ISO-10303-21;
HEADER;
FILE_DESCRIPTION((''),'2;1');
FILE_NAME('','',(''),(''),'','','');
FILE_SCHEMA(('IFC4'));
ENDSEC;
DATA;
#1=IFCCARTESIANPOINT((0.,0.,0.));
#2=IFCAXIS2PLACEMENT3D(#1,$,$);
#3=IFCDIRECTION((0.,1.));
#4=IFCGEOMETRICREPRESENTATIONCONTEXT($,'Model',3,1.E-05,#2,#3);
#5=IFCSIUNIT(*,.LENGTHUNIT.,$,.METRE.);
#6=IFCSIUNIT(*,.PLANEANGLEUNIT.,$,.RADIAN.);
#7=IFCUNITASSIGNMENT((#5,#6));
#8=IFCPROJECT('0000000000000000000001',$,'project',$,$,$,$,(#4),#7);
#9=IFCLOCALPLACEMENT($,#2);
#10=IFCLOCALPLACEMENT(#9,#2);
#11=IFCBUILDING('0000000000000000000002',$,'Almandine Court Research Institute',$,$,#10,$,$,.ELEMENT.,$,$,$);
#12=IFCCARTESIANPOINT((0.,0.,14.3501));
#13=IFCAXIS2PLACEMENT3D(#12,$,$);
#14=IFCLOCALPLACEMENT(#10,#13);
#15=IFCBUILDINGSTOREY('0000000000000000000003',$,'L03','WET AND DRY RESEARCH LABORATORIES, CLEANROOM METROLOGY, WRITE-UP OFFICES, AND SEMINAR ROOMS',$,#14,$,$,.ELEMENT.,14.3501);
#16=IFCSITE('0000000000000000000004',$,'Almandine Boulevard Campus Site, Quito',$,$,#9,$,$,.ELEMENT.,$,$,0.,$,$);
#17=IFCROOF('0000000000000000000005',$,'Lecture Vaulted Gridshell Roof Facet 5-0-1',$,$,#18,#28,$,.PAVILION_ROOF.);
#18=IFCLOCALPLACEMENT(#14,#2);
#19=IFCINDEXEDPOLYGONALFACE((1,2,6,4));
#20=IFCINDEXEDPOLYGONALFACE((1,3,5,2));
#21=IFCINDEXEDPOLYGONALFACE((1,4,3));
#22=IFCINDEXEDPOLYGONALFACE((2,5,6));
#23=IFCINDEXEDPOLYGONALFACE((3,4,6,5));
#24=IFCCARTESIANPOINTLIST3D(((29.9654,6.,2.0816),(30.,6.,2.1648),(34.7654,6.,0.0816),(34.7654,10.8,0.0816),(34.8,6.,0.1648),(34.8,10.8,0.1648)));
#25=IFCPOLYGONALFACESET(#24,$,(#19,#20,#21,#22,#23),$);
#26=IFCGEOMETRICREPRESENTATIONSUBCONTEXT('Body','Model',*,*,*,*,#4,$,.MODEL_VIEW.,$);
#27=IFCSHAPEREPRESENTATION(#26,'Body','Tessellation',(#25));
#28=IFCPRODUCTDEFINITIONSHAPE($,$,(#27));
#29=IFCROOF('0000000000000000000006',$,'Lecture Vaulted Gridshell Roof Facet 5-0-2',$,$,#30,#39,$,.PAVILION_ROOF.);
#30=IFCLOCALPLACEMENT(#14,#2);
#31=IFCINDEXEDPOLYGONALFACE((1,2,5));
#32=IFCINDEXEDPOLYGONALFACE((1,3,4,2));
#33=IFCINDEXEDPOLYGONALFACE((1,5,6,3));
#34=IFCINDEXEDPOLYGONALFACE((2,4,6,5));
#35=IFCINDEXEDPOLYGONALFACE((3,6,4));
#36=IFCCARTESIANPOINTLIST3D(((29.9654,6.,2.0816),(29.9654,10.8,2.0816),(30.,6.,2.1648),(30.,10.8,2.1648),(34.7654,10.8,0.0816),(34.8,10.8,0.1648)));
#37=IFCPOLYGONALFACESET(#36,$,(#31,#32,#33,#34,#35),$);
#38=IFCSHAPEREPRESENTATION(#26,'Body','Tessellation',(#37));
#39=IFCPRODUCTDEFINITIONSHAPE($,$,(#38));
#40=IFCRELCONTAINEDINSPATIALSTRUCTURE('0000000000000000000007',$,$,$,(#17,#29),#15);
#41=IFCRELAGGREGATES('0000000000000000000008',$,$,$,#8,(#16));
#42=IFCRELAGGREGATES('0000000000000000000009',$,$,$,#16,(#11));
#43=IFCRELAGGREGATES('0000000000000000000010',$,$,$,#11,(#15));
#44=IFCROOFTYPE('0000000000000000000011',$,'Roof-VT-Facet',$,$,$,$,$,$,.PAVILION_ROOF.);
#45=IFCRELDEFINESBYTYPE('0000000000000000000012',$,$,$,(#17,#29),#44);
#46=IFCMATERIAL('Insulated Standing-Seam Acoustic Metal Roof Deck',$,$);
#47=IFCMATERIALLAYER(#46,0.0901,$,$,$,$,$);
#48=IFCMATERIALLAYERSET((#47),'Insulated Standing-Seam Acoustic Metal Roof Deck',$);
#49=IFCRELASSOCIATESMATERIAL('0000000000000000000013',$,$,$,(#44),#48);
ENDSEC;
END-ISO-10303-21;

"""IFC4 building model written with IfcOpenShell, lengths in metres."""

from ifc_helpers import new_model, si_unit, direction, frame, origin, place, context, subcontext, project, spatial, polyline, outline, extrude, material, layer, layer_set, type_object, element, save


model = new_model("IFC4")

# Units and contexts
model_context = context("Model", 3, precision=1e-05, world=origin(), true_north=direction((0.0, 1.0)))
body_context = subcontext(model_context, "Body", "Model", "MODEL_VIEW")
ifc_project = project(units=[si_unit("LENGTHUNIT", "METRE"), si_unit("PLANEANGLEUNIT", "RADIAN")], contexts=[model_context])

# Site, building, storey
site_placement = place(None, origin())
site = spatial("IfcSite", under=ifc_project, at=site_placement, Name="Almandine Boulevard Campus Site, Quito", CompositionType="ELEMENT", RefElevation=0.0)
building_placement = place(site_placement, origin())
building = spatial("IfcBuilding", under=site, at=building_placement, Name="Almandine Court Research Institute", CompositionType="ELEMENT")
storey_placement = place(building_placement, frame((0.0, 0.0, 14.3501)))
storey = spatial("IfcBuildingStorey", under=building, at=storey_placement, Name="L03", Description="WET AND DRY RESEARCH LABORATORIES, CLEANROOM METROLOGY, WRITE-UP OFFICES, AND SEMINAR ROOMS", CompositionType="ELEMENT", Elevation=14.3501)

# Roofs
ifc_material_1 = material(Name="Insulated Standing-Seam Acoustic Metal Roof Deck")
ifc_layer_1 = layer(ifc_material_1, 0.0901)
ifc_layer_set_1 = layer_set([ifc_layer_1], Name="Insulated Standing-Seam Acoustic Metal Roof Deck")
roof_type = type_object("IfcRoofType", Name="Roof-VT-Facet", PredefinedType="PAVILION_ROOF", material=ifc_layer_set_1)
roof_1_placement = place(storey_placement, frame((30.0, 6.0, 2.1648), z_axis=(0.384612, 0.0, 0.923078), x_axis=(0.923078, 0.0, -0.384612)))
element("IfcRoof", 1, at=roof_1_placement, inside=storey, type_object=roof_type, Name="Lecture Vaulted Gridshell Roof Facet 5-0-1", PredefinedType="PAVILION_ROOF", context=body_context, shape_type="SweptSolid", body=[
    extrude(outline(polyline([(0.0, 0.0), (5.2, 0.0), (5.2, 4.8), (0.0, 0.0)])), origin(), (0.0, 0.0, -1.0), 0.0901),
])
roof_2_placement = place(storey_placement, frame((30.0, 6.0, 2.1648), z_axis=(0.384612, 0.0, 0.923078), x_axis=(0.678281, 0.678281, -0.282614)))
element("IfcRoof", 2, at=roof_2_placement, inside=storey, type_object=roof_type, Name="Lecture Vaulted Gridshell Roof Facet 5-0-2", PredefinedType="PAVILION_ROOF", context=body_context, shape_type="SweptSolid", body=[
    extrude(outline(polyline([(0.0, 0.0), (7.0768, 0.0), (3.2558, 3.5271), (0.0, 0.0)])), origin(), (0.0, 0.0, -1.0), 0.0901),
])

save(model, "model.ifc")
